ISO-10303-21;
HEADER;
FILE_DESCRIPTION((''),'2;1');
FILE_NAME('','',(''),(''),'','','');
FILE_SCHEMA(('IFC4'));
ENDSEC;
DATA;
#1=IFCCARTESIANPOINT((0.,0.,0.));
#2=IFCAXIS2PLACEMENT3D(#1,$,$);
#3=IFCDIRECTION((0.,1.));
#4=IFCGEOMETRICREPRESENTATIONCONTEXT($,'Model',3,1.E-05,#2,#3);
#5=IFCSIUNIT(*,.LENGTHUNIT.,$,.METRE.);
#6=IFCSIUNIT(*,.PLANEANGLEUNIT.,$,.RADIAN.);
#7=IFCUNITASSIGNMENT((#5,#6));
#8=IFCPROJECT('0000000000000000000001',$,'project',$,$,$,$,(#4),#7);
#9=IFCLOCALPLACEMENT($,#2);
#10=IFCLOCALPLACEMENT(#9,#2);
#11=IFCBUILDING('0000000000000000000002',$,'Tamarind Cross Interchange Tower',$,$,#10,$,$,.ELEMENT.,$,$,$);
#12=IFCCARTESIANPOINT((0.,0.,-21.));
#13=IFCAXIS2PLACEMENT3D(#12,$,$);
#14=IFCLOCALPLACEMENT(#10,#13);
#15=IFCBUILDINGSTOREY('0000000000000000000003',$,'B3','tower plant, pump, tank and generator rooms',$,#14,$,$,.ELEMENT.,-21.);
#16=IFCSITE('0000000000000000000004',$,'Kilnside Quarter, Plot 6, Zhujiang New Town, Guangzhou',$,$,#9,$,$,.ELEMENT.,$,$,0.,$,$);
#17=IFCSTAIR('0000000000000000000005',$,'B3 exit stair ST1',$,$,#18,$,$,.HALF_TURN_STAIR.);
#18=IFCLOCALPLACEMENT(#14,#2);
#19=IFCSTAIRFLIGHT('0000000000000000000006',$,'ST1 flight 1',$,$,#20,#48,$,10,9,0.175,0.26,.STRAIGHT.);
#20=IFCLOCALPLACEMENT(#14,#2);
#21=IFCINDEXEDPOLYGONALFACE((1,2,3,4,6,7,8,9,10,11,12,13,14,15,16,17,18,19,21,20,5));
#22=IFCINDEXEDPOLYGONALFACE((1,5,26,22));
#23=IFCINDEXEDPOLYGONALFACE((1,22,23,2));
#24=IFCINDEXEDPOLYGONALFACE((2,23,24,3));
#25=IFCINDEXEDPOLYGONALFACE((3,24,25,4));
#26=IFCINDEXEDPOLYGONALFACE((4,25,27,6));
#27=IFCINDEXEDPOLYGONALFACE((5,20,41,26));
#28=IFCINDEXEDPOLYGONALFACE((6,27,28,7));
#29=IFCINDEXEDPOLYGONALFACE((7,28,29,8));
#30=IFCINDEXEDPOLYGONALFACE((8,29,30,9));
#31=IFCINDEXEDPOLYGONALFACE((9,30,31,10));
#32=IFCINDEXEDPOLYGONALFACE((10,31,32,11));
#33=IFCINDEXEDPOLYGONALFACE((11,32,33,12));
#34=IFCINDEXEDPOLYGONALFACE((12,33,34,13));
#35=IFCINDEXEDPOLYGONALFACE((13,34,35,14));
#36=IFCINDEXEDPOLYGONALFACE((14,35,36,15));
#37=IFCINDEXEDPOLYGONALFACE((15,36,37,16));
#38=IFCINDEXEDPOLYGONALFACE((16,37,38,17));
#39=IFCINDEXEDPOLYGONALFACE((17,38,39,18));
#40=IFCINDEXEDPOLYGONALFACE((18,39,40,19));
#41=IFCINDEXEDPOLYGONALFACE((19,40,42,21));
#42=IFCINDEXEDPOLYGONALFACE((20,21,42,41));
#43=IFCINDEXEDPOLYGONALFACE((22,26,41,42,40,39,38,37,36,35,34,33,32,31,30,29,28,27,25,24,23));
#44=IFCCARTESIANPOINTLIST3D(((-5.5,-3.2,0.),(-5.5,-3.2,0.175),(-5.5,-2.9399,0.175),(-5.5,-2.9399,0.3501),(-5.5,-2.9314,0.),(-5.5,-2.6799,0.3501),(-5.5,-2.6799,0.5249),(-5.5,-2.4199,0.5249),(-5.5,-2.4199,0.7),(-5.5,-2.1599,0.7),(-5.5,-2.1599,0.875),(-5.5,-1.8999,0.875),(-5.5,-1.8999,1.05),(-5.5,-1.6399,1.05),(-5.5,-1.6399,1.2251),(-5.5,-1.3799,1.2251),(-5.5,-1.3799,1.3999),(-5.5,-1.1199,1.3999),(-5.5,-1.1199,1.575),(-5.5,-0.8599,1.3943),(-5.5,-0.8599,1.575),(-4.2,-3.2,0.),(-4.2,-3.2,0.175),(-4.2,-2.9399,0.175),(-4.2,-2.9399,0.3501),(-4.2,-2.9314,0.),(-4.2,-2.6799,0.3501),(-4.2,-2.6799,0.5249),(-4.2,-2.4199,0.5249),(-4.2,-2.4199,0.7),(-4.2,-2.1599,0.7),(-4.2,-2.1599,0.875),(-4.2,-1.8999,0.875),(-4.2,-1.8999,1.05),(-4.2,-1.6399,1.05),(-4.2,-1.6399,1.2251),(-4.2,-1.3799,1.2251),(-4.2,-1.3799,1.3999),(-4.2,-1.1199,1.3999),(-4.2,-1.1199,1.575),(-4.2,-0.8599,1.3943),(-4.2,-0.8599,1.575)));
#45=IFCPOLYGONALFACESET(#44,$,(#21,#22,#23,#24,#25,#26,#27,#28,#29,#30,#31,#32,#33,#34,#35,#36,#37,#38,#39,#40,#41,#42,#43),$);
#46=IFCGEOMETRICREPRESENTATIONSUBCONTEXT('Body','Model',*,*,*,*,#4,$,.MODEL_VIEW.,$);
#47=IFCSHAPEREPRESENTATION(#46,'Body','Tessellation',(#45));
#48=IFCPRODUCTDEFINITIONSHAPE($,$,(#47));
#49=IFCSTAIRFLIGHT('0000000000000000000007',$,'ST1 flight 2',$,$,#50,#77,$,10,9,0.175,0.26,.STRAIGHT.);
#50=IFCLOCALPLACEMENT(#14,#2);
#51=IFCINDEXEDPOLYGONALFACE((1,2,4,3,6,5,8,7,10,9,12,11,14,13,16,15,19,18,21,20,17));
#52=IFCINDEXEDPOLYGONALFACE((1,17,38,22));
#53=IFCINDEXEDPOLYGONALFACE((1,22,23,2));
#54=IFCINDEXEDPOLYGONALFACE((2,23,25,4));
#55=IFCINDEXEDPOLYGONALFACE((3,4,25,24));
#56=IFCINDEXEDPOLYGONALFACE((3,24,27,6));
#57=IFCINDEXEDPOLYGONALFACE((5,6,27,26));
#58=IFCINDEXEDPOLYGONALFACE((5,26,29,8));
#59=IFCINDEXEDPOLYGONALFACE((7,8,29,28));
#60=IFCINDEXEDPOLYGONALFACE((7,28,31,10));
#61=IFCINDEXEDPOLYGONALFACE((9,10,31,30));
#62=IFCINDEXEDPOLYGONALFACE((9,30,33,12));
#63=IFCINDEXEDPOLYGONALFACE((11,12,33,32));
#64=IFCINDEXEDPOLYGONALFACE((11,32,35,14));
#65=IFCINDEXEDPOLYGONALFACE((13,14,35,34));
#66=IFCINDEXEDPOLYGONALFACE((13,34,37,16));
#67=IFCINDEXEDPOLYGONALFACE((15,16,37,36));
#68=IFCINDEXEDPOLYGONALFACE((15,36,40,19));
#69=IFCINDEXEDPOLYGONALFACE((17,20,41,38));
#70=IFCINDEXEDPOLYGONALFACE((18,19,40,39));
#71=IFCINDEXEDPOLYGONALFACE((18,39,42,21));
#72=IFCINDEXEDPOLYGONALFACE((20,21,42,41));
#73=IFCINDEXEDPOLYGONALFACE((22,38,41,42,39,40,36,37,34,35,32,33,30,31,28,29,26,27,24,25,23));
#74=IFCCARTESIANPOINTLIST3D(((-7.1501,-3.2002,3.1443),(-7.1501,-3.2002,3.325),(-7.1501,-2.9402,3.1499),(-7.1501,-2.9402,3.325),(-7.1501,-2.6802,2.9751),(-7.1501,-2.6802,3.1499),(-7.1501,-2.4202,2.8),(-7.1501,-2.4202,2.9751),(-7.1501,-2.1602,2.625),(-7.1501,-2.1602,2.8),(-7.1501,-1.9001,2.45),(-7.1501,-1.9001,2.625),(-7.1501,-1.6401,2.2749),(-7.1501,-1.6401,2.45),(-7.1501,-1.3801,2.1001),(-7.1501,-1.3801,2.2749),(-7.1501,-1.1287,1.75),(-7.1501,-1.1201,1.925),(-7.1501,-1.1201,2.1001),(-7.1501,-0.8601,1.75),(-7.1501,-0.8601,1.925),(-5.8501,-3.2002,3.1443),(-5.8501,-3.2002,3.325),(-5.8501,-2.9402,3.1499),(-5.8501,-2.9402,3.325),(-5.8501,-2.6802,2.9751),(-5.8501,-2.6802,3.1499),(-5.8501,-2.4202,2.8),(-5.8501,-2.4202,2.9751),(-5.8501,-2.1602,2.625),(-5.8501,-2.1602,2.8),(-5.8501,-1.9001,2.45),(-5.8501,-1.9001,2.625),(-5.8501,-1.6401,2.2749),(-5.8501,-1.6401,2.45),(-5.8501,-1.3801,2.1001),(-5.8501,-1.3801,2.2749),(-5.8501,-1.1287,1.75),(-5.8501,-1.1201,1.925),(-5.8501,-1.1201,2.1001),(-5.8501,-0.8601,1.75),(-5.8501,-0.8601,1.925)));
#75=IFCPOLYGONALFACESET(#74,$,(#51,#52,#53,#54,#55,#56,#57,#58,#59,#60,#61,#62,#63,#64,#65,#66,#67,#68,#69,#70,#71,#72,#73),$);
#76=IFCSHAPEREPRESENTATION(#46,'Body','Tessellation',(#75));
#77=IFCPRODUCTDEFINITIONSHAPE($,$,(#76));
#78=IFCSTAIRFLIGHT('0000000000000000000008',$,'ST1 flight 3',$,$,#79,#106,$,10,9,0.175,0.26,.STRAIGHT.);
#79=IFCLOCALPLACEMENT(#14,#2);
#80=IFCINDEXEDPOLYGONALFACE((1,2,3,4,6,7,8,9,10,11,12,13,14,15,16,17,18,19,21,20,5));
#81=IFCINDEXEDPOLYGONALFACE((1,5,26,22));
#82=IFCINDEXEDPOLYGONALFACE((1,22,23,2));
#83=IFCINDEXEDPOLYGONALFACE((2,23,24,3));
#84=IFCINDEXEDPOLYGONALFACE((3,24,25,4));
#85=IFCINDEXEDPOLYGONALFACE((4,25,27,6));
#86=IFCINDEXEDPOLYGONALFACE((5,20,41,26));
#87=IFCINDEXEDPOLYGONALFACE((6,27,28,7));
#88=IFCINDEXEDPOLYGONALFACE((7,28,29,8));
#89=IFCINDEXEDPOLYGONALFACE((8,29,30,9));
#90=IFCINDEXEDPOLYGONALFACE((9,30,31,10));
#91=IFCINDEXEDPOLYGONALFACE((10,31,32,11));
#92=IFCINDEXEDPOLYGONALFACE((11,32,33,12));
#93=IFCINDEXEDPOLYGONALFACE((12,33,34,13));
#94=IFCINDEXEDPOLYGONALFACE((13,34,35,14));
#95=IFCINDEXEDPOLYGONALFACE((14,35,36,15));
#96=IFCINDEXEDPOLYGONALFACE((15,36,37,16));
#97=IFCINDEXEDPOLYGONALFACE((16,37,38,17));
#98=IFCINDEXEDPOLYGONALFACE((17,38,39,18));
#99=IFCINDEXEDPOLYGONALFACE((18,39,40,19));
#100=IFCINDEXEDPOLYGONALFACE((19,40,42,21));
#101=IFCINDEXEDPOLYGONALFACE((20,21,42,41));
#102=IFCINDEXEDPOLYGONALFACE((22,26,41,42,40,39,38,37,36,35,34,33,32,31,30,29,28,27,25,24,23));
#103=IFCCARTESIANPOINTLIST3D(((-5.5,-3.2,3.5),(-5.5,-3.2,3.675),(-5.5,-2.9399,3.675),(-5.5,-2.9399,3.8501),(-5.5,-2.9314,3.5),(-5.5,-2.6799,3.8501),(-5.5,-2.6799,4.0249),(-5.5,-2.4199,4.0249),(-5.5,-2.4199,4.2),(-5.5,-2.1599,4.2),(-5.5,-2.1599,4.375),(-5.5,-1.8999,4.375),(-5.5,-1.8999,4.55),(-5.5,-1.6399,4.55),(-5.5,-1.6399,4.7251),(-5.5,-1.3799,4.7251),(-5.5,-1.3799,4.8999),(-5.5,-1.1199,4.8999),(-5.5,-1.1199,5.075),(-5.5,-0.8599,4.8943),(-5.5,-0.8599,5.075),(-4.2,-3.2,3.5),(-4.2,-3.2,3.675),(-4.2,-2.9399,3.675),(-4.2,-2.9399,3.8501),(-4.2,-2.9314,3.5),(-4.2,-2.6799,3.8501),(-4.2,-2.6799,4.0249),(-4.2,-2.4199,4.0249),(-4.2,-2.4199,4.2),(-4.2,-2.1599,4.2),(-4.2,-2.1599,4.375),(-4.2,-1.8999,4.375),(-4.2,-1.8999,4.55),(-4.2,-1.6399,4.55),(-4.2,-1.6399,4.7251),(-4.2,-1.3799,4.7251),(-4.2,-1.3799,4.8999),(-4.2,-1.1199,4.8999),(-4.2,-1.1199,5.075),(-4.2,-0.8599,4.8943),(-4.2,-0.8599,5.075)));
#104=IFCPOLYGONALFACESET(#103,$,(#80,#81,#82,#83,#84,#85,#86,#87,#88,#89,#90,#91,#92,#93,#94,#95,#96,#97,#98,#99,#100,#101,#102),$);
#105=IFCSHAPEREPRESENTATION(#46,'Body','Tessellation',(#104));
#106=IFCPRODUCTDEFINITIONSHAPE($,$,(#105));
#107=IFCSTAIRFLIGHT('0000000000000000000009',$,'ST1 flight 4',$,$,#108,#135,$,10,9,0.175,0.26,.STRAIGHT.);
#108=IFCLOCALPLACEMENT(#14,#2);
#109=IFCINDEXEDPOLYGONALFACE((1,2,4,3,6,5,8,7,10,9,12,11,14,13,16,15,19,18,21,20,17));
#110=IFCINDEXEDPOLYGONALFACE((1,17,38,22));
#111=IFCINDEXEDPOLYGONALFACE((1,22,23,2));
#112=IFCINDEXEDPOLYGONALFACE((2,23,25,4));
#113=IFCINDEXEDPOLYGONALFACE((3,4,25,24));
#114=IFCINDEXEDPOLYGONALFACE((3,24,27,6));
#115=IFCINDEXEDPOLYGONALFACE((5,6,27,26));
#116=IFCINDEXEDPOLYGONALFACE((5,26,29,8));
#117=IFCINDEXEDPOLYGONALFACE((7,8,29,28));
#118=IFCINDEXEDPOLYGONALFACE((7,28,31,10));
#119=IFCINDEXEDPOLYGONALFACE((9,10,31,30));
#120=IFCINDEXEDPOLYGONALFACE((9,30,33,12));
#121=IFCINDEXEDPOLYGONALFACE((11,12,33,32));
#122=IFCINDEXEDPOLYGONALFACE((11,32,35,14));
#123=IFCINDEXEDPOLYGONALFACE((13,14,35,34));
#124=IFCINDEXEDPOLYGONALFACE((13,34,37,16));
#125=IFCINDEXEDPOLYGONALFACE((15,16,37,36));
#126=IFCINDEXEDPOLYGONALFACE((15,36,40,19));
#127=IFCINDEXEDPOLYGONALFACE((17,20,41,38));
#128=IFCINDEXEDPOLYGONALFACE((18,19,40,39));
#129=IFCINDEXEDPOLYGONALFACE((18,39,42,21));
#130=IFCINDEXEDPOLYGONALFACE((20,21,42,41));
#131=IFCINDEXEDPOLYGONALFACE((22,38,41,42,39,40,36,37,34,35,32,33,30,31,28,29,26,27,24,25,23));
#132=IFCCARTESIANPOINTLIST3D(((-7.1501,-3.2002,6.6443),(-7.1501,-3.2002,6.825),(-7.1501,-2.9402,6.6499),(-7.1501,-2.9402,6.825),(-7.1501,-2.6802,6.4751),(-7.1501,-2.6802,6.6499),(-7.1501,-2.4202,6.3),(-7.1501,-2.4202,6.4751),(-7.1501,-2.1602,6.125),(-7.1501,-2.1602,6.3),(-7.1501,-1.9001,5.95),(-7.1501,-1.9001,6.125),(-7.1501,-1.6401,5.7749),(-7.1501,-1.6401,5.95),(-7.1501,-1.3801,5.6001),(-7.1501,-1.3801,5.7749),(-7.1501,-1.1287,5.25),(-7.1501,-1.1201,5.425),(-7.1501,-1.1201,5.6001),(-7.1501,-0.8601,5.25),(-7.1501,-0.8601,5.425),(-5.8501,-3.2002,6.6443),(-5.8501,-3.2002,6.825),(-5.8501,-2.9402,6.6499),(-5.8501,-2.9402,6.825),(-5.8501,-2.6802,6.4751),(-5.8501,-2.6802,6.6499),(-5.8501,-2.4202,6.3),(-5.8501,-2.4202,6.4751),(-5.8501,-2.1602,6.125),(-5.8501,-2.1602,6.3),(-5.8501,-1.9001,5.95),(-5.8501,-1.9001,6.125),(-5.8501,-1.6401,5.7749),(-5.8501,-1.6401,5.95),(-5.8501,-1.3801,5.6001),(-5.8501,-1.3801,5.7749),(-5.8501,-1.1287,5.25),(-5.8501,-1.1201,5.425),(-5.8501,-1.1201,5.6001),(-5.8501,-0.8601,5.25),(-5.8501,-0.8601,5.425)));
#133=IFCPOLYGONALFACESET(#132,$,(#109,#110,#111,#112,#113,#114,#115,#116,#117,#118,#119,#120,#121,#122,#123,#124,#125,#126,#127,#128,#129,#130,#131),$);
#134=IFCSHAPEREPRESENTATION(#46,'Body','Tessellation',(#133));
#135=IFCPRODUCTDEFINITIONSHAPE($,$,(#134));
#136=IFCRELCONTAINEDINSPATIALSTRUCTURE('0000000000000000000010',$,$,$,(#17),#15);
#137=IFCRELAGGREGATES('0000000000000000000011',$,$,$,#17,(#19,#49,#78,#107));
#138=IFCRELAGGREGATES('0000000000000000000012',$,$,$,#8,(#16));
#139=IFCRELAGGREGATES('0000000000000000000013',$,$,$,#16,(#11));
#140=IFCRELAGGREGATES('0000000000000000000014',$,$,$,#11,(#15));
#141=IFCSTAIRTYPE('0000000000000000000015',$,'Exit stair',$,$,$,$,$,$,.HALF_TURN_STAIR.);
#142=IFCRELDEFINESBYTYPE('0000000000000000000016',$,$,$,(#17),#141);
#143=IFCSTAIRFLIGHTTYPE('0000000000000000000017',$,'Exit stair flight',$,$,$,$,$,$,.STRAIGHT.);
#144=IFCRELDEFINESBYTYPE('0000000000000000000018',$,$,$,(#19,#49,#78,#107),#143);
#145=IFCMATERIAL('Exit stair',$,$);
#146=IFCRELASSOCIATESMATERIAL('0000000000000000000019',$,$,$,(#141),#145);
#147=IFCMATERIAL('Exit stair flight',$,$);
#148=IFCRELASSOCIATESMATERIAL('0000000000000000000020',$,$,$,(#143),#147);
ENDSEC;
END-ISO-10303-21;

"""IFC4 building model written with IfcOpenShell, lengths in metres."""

from ifc_helpers import new_model, si_unit, direction, frame, origin, place, context, subcontext, project, spatial, polyline, outline, extrude, material, type_object, element, aggregate, save


model = new_model("IFC4")

# Units and contexts
model_context = context("Model", 3, precision=1e-05, world=origin(), true_north=direction((0.0, 1.0)))
body_context = subcontext(model_context, "Body", "Model", "MODEL_VIEW")
ifc_project = project(units=[si_unit("LENGTHUNIT", "METRE"), si_unit("PLANEANGLEUNIT", "RADIAN")], contexts=[model_context])

# Site, building, storey
site_placement = place(None, origin())
site = spatial("IfcSite", under=ifc_project, at=site_placement, Name="Kilnside Quarter, Plot 6, Zhujiang New Town, Guangzhou", CompositionType="ELEMENT", RefElevation=0.0)
building_placement = place(site_placement, origin())
building = spatial("IfcBuilding", under=site, at=building_placement, Name="Tamarind Cross Interchange Tower", CompositionType="ELEMENT")
storey_placement = place(building_placement, frame((0.0, 0.0, -21.0)))
storey = spatial("IfcBuildingStorey", under=building, at=storey_placement, Name="B3", Description="tower plant, pump, tank and generator rooms", CompositionType="ELEMENT", Elevation=-21.0)

# Stair, stair flights
ifc_material_1 = material(Name="Exit stair")
stair_type = type_object("IfcStairType", Name="Exit stair", PredefinedType="HALF_TURN_STAIR", material=ifc_material_1)
stair_placement = place(storey_placement, origin())
stair = element("IfcStair", 1, at=stair_placement, inside=storey, type_object=stair_type, Name="B3 exit stair ST1", PredefinedType="HALF_TURN_STAIR")
ifc_material_2 = material(Name="Exit stair flight")
stair_flight_type = type_object("IfcStairFlightType", Name="Exit stair flight", PredefinedType="STRAIGHT", material=ifc_material_2)
stair_flight_1_placement = place(storey_placement, frame((-4.8501, -3.2, 0.0), z_axis=(0.0, 0.0, 1.0), x_axis=(0.0, 1.0, 0.0)))
stair_flight_1 = element("IfcStairFlight", 2, at=stair_flight_1_placement, type_object=stair_flight_type, Name="ST1 flight 1", NumberOfRisers=10, NumberOfTreads=9, PredefinedType="STRAIGHT", RiserHeight=0.175, TreadLength=0.26, context=body_context, shape_type="SweptSolid", body=[
    extrude(outline(polyline([(0.0, 0.0), (0.0, 0.175), (0.26, 0.175), (0.26, 0.3501), (0.52, 0.3501), (0.52, 0.5249), (0.78, 0.5249), (0.78, 0.7), (1.04, 0.7), (1.04, 0.875), (1.3, 0.875), (1.3, 1.05), (1.5601, 1.05), (1.5601, 1.2251), (1.8201, 1.2251), (1.8201, 1.3999), (2.0801, 1.3999), (2.0801, 1.575), (2.3401, 1.575), (2.3401, 1.75), (2.3401, 1.3943), (0.2686, 0.0), (0.0, 0.0)])), frame((0.0, 0.6499, 0.0), z_axis=(0.0, -1.0, 0.0), x_axis=(1.0, 0.0, 0.0)), (0.0, 0.0, 1.0), 1.3),
])
stair_flight_2_placement = place(storey_placement, frame((-6.5, -0.8601, 1.75), z_axis=(0.0, 0.0, 1.0), x_axis=(0.0, -1.0, 0.0)))
stair_flight_2 = element("IfcStairFlight", 3, at=stair_flight_2_placement, type_object=stair_flight_type, Name="ST1 flight 2", NumberOfRisers=10, NumberOfTreads=9, PredefinedType="STRAIGHT", RiserHeight=0.175, TreadLength=0.26, context=body_context, shape_type="SweptSolid", body=[
    extrude(outline(polyline([(0.0, 0.0), (0.0, 0.175), (0.26, 0.175), (0.26, 0.3501), (0.52, 0.3501), (0.52, 0.5249), (0.78, 0.5249), (0.78, 0.7), (1.04, 0.7), (1.04, 0.875), (1.3, 0.875), (1.3, 1.05), (1.5601, 1.05), (1.5601, 1.2251), (1.8201, 1.2251), (1.8201, 1.3999), (2.0801, 1.3999), (2.0801, 1.575), (2.3401, 1.575), (2.3401, 1.75), (2.3401, 1.3943), (0.2686, 0.0), (0.0, 0.0)])), frame((0.0, 0.6499, 0.0), z_axis=(0.0, -1.0, 0.0), x_axis=(1.0, 0.0, 0.0)), (0.0, 0.0, 1.0), 1.3),
])
stair_flight_3_placement = place(storey_placement, frame((-4.8501, -3.2, 3.5), z_axis=(0.0, 0.0, 1.0), x_axis=(0.0, 1.0, 0.0)))
stair_flight_3 = element("IfcStairFlight", 4, at=stair_flight_3_placement, type_object=stair_flight_type, Name="ST1 flight 3", NumberOfRisers=10, NumberOfTreads=9, PredefinedType="STRAIGHT", RiserHeight=0.175, TreadLength=0.26, context=body_context, shape_type="SweptSolid", body=[
    extrude(outline(polyline([(0.0, 0.0), (0.0, 0.175), (0.26, 0.175), (0.26, 0.3501), (0.52, 0.3501), (0.52, 0.5249), (0.78, 0.5249), (0.78, 0.7), (1.04, 0.7), (1.04, 0.875), (1.3, 0.875), (1.3, 1.05), (1.5601, 1.05), (1.5601, 1.2251), (1.8201, 1.2251), (1.8201, 1.3999), (2.0801, 1.3999), (2.0801, 1.575), (2.3401, 1.575), (2.3401, 1.75), (2.3401, 1.3943), (0.2686, 0.0), (0.0, 0.0)])), frame((0.0, 0.6499, 0.0), z_axis=(0.0, -1.0, 0.0), x_axis=(1.0, 0.0, 0.0)), (0.0, 0.0, 1.0), 1.3),
])
stair_flight_4_placement = place(storey_placement, frame((-6.5, -0.8601, 5.25), z_axis=(0.0, 0.0, 1.0), x_axis=(0.0, -1.0, 0.0)))
stair_flight_4 = element("IfcStairFlight", 5, at=stair_flight_4_placement, type_object=stair_flight_type, Name="ST1 flight 4", NumberOfRisers=10, NumberOfTreads=9, PredefinedType="STRAIGHT", RiserHeight=0.175, TreadLength=0.26, context=body_context, shape_type="SweptSolid", body=[
    extrude(outline(polyline([(0.0, 0.0), (0.0, 0.175), (0.26, 0.175), (0.26, 0.3501), (0.52, 0.3501), (0.52, 0.5249), (0.78, 0.5249), (0.78, 0.7), (1.04, 0.7), (1.04, 0.875), (1.3, 0.875), (1.3, 1.05), (1.5601, 1.05), (1.5601, 1.2251), (1.8201, 1.2251), (1.8201, 1.3999), (2.0801, 1.3999), (2.0801, 1.575), (2.3401, 1.575), (2.3401, 1.75), (2.3401, 1.3943), (0.2686, 0.0), (0.0, 0.0)])), frame((0.0, 0.6499, 0.0), z_axis=(0.0, -1.0, 0.0), x_axis=(1.0, 0.0, 0.0)), (0.0, 0.0, 1.0), 1.3),
])
aggregate(stair, [stair_flight_1, stair_flight_2, stair_flight_3, stair_flight_4])

save(model, "model.ifc")
